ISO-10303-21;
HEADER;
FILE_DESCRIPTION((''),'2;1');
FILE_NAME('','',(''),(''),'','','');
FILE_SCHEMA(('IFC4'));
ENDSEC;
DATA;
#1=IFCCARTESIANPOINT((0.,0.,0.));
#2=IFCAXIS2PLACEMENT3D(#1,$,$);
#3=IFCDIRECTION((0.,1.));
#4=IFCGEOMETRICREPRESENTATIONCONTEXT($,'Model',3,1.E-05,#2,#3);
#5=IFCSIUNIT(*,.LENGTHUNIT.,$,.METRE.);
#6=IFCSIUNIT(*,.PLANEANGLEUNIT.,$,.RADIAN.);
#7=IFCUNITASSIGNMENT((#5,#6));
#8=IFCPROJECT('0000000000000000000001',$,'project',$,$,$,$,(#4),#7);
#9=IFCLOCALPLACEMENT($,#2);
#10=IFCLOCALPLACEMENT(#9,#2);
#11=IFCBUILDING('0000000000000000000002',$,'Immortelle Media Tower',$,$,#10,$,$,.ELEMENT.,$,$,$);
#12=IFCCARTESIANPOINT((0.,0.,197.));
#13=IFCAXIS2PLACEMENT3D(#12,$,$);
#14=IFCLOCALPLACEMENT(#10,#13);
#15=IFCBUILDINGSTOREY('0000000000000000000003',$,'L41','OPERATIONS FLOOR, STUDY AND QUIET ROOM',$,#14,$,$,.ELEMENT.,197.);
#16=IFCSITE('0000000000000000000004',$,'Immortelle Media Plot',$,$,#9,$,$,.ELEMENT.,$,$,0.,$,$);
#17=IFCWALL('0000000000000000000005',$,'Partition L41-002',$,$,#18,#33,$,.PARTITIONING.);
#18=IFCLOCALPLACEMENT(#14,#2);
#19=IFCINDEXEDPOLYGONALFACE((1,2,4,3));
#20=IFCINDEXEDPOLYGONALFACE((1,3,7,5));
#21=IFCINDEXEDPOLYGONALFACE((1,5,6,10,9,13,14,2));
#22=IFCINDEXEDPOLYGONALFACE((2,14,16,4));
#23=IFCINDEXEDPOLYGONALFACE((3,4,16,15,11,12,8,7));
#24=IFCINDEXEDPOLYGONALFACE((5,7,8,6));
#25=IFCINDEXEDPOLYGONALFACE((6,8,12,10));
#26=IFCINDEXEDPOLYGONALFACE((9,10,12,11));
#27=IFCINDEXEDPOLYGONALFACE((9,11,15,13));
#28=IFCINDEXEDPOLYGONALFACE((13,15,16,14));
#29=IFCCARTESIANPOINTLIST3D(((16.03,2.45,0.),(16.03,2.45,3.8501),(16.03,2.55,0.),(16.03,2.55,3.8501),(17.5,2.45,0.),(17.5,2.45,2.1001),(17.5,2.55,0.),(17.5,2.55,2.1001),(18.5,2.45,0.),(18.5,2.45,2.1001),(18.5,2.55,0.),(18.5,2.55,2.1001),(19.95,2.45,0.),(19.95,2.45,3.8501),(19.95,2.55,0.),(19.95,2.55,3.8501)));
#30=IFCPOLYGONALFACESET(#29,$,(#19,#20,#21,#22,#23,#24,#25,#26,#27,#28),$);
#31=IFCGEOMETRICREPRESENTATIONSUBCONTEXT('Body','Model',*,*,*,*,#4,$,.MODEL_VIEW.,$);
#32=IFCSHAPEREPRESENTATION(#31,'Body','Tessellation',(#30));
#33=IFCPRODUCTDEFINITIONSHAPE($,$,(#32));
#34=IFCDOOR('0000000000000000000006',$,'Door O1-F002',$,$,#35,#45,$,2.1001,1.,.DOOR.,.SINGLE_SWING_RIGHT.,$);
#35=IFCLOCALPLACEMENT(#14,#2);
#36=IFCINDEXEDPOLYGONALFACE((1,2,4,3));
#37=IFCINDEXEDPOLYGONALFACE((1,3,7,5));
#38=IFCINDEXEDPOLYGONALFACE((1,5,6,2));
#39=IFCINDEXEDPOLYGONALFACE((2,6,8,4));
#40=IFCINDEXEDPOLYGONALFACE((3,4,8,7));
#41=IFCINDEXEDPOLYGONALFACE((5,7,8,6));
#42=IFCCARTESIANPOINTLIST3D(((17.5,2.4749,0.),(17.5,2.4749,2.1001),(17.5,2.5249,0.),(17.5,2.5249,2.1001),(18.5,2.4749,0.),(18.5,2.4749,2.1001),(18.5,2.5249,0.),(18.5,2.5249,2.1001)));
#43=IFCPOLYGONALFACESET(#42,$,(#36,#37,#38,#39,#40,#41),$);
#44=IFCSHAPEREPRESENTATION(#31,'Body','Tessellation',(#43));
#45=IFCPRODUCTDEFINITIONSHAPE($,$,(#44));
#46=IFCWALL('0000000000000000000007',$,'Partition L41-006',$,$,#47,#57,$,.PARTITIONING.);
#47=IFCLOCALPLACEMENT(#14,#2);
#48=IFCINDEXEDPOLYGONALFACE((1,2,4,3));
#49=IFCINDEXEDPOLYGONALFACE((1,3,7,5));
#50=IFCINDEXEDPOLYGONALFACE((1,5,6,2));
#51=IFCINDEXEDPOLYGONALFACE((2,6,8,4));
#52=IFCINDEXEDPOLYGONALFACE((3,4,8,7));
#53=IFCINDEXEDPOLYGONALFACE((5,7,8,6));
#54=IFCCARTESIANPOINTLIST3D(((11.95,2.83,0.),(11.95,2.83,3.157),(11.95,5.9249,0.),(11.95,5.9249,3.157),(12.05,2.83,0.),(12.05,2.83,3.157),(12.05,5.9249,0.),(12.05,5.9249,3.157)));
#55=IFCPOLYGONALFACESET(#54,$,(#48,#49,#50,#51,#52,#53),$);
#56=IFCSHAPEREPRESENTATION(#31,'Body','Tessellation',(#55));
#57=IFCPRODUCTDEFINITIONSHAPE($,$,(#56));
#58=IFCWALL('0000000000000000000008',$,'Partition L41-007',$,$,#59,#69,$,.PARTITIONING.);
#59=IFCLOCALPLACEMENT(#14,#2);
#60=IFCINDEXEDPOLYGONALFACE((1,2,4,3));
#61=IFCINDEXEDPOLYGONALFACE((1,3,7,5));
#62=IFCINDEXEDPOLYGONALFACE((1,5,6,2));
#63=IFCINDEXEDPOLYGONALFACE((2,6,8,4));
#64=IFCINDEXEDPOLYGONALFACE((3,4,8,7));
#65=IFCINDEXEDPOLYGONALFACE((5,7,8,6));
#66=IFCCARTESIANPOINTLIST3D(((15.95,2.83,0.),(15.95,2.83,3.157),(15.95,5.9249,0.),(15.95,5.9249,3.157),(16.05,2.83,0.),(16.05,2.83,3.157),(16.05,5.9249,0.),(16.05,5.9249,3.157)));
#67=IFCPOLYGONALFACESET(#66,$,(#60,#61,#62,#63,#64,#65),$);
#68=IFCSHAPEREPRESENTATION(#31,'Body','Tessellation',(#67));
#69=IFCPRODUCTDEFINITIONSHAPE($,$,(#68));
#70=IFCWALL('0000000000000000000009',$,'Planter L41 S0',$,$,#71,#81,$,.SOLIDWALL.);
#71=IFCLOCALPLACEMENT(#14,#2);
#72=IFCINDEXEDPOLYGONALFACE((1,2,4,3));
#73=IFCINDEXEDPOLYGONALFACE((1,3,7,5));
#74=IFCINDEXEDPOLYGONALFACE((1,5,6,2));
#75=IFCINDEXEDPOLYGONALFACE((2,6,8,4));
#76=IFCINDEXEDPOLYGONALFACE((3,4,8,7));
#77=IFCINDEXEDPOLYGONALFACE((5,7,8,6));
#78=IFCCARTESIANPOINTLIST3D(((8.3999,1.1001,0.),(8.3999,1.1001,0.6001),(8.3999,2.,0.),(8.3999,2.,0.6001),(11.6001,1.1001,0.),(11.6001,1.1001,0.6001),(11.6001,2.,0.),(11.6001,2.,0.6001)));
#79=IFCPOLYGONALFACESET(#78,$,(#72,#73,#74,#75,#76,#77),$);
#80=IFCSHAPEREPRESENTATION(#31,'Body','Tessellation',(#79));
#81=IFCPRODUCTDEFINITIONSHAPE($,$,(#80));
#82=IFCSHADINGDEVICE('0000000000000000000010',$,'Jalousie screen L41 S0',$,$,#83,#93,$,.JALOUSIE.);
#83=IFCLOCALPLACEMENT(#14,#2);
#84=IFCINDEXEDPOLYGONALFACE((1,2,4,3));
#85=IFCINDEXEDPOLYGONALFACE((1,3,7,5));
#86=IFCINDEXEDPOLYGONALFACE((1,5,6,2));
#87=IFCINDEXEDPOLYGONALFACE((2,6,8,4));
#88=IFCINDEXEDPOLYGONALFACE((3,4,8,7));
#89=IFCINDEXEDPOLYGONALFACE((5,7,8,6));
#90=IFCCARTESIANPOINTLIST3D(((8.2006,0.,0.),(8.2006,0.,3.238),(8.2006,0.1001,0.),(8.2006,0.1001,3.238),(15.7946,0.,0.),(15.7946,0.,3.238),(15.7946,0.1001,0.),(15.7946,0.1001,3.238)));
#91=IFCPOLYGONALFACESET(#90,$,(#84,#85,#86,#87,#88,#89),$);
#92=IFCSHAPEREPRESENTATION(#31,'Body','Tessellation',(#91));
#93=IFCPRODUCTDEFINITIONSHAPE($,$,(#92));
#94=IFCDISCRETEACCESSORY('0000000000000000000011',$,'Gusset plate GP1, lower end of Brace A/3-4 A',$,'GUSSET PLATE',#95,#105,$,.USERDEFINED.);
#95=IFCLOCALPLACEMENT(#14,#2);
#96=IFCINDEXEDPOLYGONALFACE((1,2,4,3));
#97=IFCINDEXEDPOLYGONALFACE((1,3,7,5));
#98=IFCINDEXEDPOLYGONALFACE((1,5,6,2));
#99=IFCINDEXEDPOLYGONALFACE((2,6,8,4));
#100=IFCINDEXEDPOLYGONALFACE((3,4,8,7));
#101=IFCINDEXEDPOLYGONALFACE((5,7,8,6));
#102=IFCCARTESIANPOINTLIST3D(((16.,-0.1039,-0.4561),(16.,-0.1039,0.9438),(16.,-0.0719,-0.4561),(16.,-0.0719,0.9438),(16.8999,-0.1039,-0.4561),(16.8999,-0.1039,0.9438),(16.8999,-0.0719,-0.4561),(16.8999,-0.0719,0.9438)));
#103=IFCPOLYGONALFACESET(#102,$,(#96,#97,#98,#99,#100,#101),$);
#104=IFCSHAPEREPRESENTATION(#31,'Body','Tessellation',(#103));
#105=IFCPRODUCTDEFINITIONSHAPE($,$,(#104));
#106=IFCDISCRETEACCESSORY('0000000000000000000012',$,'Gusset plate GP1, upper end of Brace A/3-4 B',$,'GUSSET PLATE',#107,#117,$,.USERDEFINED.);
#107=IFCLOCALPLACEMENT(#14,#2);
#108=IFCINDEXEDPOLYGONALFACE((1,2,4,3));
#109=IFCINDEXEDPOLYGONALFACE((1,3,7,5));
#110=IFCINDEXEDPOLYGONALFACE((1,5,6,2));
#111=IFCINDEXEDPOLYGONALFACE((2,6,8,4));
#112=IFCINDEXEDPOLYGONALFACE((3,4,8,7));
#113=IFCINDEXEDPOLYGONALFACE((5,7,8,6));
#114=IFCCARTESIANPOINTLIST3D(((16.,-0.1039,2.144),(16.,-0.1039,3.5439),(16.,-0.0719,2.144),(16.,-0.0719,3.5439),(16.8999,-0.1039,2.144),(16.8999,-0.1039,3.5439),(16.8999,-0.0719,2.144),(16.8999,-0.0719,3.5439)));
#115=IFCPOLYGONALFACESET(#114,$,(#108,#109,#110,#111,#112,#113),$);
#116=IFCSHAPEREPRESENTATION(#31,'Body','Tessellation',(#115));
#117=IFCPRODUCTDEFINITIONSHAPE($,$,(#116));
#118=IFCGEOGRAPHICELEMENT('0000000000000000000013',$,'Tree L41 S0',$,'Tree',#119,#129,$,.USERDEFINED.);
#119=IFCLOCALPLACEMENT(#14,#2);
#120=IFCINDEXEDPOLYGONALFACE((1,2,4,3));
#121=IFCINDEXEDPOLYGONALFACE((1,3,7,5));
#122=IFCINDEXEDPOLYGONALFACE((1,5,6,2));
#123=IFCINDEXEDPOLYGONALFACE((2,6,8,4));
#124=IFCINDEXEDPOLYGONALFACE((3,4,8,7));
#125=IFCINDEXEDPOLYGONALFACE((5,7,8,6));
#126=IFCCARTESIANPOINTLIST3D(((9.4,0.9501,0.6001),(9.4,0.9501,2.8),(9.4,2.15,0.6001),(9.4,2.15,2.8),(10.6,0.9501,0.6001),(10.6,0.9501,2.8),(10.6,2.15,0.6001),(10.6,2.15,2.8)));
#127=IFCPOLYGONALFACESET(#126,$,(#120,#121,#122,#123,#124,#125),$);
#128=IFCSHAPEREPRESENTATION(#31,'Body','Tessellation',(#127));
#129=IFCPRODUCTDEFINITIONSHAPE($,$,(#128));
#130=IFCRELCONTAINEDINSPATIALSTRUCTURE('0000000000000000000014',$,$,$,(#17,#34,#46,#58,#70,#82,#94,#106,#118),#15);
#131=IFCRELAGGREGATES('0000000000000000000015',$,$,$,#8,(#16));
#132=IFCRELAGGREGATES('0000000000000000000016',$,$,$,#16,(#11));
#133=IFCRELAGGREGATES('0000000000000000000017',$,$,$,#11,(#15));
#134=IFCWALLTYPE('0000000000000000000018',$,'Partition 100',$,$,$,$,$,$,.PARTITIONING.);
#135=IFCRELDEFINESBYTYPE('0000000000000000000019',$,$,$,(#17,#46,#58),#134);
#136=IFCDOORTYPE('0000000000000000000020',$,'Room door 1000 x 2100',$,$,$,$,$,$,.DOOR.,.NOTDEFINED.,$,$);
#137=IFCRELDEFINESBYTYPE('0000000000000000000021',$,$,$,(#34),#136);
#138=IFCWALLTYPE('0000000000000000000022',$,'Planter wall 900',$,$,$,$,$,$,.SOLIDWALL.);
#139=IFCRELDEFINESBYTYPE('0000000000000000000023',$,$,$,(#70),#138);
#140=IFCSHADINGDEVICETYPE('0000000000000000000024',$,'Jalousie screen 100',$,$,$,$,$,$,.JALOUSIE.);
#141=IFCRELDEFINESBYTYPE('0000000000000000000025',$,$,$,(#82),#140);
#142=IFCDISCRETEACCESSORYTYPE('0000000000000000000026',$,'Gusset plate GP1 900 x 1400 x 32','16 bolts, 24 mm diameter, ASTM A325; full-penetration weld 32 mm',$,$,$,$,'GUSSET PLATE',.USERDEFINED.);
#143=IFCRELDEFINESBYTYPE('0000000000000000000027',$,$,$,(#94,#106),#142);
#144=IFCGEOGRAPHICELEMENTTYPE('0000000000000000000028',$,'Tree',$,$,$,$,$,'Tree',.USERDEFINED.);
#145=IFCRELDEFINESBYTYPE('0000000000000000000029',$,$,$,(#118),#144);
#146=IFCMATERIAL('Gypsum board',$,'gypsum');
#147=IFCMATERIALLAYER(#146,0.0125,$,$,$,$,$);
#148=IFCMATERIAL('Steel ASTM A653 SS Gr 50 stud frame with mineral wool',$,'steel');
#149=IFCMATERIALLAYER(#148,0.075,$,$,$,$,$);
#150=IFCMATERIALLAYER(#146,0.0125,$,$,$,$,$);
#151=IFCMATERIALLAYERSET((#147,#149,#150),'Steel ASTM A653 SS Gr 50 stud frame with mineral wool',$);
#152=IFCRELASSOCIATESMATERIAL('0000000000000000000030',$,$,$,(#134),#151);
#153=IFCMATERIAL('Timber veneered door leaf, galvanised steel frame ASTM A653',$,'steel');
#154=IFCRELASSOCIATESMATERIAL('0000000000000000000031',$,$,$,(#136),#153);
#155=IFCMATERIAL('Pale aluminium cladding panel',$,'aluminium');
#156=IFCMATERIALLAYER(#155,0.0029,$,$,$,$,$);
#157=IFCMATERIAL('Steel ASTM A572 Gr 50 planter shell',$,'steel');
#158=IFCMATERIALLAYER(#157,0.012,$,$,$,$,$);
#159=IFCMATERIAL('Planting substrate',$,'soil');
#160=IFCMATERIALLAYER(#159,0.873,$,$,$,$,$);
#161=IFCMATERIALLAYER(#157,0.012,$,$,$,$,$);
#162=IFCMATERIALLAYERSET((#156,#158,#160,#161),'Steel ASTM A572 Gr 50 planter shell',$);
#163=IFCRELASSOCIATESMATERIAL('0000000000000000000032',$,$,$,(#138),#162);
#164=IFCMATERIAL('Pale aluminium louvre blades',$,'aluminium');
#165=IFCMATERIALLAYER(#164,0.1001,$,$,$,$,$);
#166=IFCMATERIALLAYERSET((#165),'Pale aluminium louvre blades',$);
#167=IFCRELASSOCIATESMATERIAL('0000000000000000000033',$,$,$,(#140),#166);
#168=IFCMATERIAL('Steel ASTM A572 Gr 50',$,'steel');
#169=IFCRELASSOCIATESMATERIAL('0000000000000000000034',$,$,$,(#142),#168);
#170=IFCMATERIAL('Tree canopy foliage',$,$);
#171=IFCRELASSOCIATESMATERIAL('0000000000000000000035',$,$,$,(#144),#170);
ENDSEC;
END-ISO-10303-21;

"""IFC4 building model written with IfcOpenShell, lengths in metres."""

from ifc_helpers import new_model, si_unit, direction, frame, frame_2d, origin, origin_2d, place, context, subcontext, project, spatial, rectangle, extrude, material, layer, layer_set, material_profile, profile_set, type_object, element, fill, save


model = new_model("IFC4")

# Units and contexts
model_context = context("Model", 3, precision=1e-05, world=origin(), true_north=direction((0.0, 1.0)))
body_context = subcontext(model_context, "Body", "Model", "MODEL_VIEW")
ifc_project = project(units=[si_unit("LENGTHUNIT", "METRE"), si_unit("PLANEANGLEUNIT", "RADIAN")], contexts=[model_context])

# Site, building, storey
site_placement = place(None, origin())
site = spatial("IfcSite", under=ifc_project, at=site_placement, Name="Immortelle Media Plot", CompositionType="ELEMENT", RefElevation=0.0)
building_placement = place(site_placement, origin())
building = spatial("IfcBuilding", under=site, at=building_placement, Name="Immortelle Media Tower", CompositionType="ELEMENT")
storey_placement = place(building_placement, frame((0.0, 0.0, 197.0)))
storey = spatial("IfcBuildingStorey", under=building, at=storey_placement, Name="L41", Description="OPERATIONS FLOOR, STUDY AND QUIET ROOM", CompositionType="ELEMENT", Elevation=197.0)

# Shared definitions
ifc_material_1 = material(Name="Pale aluminium cladding panel", Category="aluminium")
ifc_material_2 = material(Name="Steel ASTM A653 SS Gr 50 stud frame with mineral wool", Category="steel")

# Wall, opening, door
ifc_material_3 = material(Name="Gypsum board", Category="gypsum")
ifc_layer_1 = layer(ifc_material_3, 0.0125)
ifc_layer_2 = layer(ifc_material_2, 0.075)
ifc_layer_3 = layer(ifc_material_3, 0.0125)
ifc_layer_set_1 = layer_set([ifc_layer_1, ifc_layer_2, ifc_layer_3], Name="Steel ASTM A653 SS Gr 50 stud frame with mineral wool")
wall_type_1 = type_object("IfcWallType", Name="Partition 100", PredefinedType="PARTITIONING", material=ifc_layer_set_1)
wall_1_placement = place(storey_placement, frame((16.03, 2.5, 0.0), z_axis=(0.0, 0.0, 1.0), x_axis=(1.0, 0.0, 0.0)))
wall_1 = element("IfcWall", 1, at=wall_1_placement, inside=storey, type_object=wall_type_1, Name="Partition L41-002", PredefinedType="PARTITIONING", context=body_context, shape_type="SweptSolid", body=[
    extrude(rectangle(XDim=3.9199, YDim=0.1001, at=frame_2d((1.96, 0.0))), origin(), (0.0, 0.0, 1.0), 3.8501),
])
opening_1_placement = place(wall_1_placement, frame((1.47, 0.0, 0.0)))
opening_1 = element("IfcOpeningElement", 2, at=opening_1_placement, cuts=wall_1, PredefinedType="OPENING", context=body_context, shape_type="SweptSolid", body=[
    extrude(rectangle(XDim=1.0, YDim=2.1001, at=frame_2d((0.5, 1.05))), frame((0.0, 0.0601, 0.0), z_axis=(0.0, -1.0, 0.0), x_axis=(1.0, 0.0, 0.0)), (0.0, 0.0, 1.0), 0.1201),
])
ifc_material_4 = material(Name="Timber veneered door leaf, galvanised steel frame ASTM A653", Category="steel")
door_type_1 = type_object("IfcDoorType", Name="Room door 1000 x 2100", OperationType="NOTDEFINED", PredefinedType="DOOR", material=ifc_material_4)
door_1_placement = place(opening_1_placement, origin())
door_1 = element("IfcDoor", 3, at=door_1_placement, inside=storey, type_object=door_type_1, Name="Door O1-F002", OperationType="SINGLE_SWING_RIGHT", OverallHeight=2.1001, OverallWidth=1.0, PredefinedType="DOOR", context=body_context, shape_type="SweptSolid", body=[
    extrude(rectangle(XDim=1.0, YDim=2.1001, at=frame_2d((0.5, 1.05))), frame((0.0, 0.0249, 0.0), z_axis=(0.0, -1.0, 0.0), x_axis=(1.0, 0.0, 0.0)), (0.0, 0.0, 1.0), 0.05),
])
fill(opening_1, door_1)

# Walls
for number, where, z_axis, x_axis, name in (
    (4, (12.0, 2.8301, 0.0), (0.0, 0.0, 1.0), (0.0, 1.0, 0.0), "Partition L41-006"),
    (5, (16.0, 2.8301, 0.0), (0.0, 0.0, 1.0), (0.0, 1.0, 0.0), "Partition L41-007"),
):
    element("IfcWall", number, at=place(storey_placement, frame(where, z_axis=z_axis, x_axis=x_axis)), inside=storey, type_object=wall_type_1, Name=name, PredefinedType="PARTITIONING", context=body_context, shape_type="SweptSolid", body=[
        extrude(rectangle(XDim=3.095, YDim=0.1001, at=frame_2d((1.5474, 0.0))), origin(), (0.0, 0.0, 1.0), 3.157),
    ])
ifc_layer_4 = layer(ifc_material_1, 0.0029)
ifc_material_5 = material(Name="Steel ASTM A572 Gr 50 planter shell", Category="steel")
ifc_layer_5 = layer(ifc_material_5, 0.012)
ifc_material_6 = material(Name="Planting substrate", Category="soil")
ifc_layer_6 = layer(ifc_material_6, 0.873)
ifc_layer_7 = layer(ifc_material_5, 0.012)
ifc_layer_set_2 = layer_set([ifc_layer_4, ifc_layer_5, ifc_layer_6, ifc_layer_7], Name="Steel ASTM A572 Gr 50 planter shell")
wall_type_2 = type_object("IfcWallType", Name="Planter wall 900", PredefinedType="SOLIDWALL", material=ifc_layer_set_2)
wall_2_placement = place(storey_placement, frame((8.3999, 1.55, 0.0), z_axis=(0.0, 0.0, 1.0), x_axis=(1.0, 0.0, 0.0)))
element("IfcWall", 6, at=wall_2_placement, inside=storey, type_object=wall_type_2, Name="Planter L41 S0", PredefinedType="SOLIDWALL", context=body_context, shape_type="SweptSolid", body=[
    extrude(rectangle(XDim=3.2002, YDim=0.8999, at=frame_2d((1.6001, 0.0))), origin(), (0.0, 0.0, 1.0), 0.6001),
])

# Shading device
ifc_material_7 = material(Name="Pale aluminium louvre blades", Category="aluminium")
ifc_layer_8 = layer(ifc_material_7, 0.1001)
ifc_layer_set_3 = layer_set([ifc_layer_8], Name="Pale aluminium louvre blades")
shading_device_type = type_object("IfcShadingDeviceType", Name="Jalousie screen 100", PredefinedType="JALOUSIE", material=ifc_layer_set_3)
shading_device_placement = place(storey_placement, frame((11.9976, 0.05, 0.0), z_axis=(0.0, 0.0, 1.0), x_axis=(1.0, 0.0, 0.0)))
element("IfcShadingDevice", 7, at=shading_device_placement, inside=storey, type_object=shading_device_type, Name="Jalousie screen L41 S0", PredefinedType="JALOUSIE", context=body_context, shape_type="SweptSolid", body=[
    extrude(rectangle(XDim=7.594, YDim=0.1001, at=origin_2d()), origin(), (0.0, 0.0, 1.0), 3.238),
])

# Discrete accessories
ifc_material_8 = material(Name="Steel ASTM A572 Gr 50", Category="steel")
ifc_material_profile_1 = material_profile(ifc_material_8, rectangle(XDim=0.032, YDim=1.3999, at=origin_2d()), Name="PL 32 x 1400")
ifc_profile_set_1 = profile_set([ifc_material_profile_1], Name="Steel ASTM A572 Gr 50")
discrete_accessory_type = type_object("IfcDiscreteAccessoryType", Name="Gusset plate GP1 900 x 1400 x 32", Description="16 bolts, 24 mm diameter, ASTM A325; full-penetration weld 32 mm", ElementType="GUSSET PLATE", PredefinedType="USERDEFINED", material=ifc_profile_set_1)
for number, where, z_axis, x_axis, name in (
    (8, (16.0, -0.0879, 0.2439), (1.0, 0.0, 0.0), (0.0, 1.0, 0.0), "Gusset plate GP1, lower end of Brace A/3-4 A"),
    (9, (16.0, -0.0879, 2.844), (1.0, 0.0, 0.0), (0.0, 1.0, 0.0), "Gusset plate GP1, upper end of Brace A/3-4 B"),
):
    element("IfcDiscreteAccessory", number, at=place(storey_placement, frame(where, z_axis=z_axis, x_axis=x_axis)), inside=storey, type_object=discrete_accessory_type, Name=name, ObjectType="GUSSET PLATE", PredefinedType="USERDEFINED", context=body_context, shape_type="SweptSolid", body=[
        extrude(rectangle(XDim=0.032, YDim=1.3999, at=origin_2d()), origin(), (0.0, 0.0, 1.0), 0.8999),
    ])

# Geographic element
ifc_material_9 = material(Name="Tree canopy foliage")
geographic_element_type = type_object("IfcGeographicElementType", Name="Tree", ElementType="Tree", PredefinedType="USERDEFINED", material=ifc_material_9)
geographic_element_placement = place(storey_placement, frame((10.0, 1.55, 0.6001), z_axis=(0.0, 0.0, 1.0), x_axis=(1.0, 0.0, 0.0)))
element("IfcGeographicElement", 10, at=geographic_element_placement, inside=storey, type_object=geographic_element_type, Name="Tree L41 S0", ObjectType="Tree", PredefinedType="USERDEFINED", context=body_context, shape_type="SweptSolid", body=[
    extrude(rectangle(XDim=1.2, YDim=1.2, at=origin_2d()), origin(), (0.0, 0.0, 1.0), 2.2),
])

save(model, "model.ifc")
